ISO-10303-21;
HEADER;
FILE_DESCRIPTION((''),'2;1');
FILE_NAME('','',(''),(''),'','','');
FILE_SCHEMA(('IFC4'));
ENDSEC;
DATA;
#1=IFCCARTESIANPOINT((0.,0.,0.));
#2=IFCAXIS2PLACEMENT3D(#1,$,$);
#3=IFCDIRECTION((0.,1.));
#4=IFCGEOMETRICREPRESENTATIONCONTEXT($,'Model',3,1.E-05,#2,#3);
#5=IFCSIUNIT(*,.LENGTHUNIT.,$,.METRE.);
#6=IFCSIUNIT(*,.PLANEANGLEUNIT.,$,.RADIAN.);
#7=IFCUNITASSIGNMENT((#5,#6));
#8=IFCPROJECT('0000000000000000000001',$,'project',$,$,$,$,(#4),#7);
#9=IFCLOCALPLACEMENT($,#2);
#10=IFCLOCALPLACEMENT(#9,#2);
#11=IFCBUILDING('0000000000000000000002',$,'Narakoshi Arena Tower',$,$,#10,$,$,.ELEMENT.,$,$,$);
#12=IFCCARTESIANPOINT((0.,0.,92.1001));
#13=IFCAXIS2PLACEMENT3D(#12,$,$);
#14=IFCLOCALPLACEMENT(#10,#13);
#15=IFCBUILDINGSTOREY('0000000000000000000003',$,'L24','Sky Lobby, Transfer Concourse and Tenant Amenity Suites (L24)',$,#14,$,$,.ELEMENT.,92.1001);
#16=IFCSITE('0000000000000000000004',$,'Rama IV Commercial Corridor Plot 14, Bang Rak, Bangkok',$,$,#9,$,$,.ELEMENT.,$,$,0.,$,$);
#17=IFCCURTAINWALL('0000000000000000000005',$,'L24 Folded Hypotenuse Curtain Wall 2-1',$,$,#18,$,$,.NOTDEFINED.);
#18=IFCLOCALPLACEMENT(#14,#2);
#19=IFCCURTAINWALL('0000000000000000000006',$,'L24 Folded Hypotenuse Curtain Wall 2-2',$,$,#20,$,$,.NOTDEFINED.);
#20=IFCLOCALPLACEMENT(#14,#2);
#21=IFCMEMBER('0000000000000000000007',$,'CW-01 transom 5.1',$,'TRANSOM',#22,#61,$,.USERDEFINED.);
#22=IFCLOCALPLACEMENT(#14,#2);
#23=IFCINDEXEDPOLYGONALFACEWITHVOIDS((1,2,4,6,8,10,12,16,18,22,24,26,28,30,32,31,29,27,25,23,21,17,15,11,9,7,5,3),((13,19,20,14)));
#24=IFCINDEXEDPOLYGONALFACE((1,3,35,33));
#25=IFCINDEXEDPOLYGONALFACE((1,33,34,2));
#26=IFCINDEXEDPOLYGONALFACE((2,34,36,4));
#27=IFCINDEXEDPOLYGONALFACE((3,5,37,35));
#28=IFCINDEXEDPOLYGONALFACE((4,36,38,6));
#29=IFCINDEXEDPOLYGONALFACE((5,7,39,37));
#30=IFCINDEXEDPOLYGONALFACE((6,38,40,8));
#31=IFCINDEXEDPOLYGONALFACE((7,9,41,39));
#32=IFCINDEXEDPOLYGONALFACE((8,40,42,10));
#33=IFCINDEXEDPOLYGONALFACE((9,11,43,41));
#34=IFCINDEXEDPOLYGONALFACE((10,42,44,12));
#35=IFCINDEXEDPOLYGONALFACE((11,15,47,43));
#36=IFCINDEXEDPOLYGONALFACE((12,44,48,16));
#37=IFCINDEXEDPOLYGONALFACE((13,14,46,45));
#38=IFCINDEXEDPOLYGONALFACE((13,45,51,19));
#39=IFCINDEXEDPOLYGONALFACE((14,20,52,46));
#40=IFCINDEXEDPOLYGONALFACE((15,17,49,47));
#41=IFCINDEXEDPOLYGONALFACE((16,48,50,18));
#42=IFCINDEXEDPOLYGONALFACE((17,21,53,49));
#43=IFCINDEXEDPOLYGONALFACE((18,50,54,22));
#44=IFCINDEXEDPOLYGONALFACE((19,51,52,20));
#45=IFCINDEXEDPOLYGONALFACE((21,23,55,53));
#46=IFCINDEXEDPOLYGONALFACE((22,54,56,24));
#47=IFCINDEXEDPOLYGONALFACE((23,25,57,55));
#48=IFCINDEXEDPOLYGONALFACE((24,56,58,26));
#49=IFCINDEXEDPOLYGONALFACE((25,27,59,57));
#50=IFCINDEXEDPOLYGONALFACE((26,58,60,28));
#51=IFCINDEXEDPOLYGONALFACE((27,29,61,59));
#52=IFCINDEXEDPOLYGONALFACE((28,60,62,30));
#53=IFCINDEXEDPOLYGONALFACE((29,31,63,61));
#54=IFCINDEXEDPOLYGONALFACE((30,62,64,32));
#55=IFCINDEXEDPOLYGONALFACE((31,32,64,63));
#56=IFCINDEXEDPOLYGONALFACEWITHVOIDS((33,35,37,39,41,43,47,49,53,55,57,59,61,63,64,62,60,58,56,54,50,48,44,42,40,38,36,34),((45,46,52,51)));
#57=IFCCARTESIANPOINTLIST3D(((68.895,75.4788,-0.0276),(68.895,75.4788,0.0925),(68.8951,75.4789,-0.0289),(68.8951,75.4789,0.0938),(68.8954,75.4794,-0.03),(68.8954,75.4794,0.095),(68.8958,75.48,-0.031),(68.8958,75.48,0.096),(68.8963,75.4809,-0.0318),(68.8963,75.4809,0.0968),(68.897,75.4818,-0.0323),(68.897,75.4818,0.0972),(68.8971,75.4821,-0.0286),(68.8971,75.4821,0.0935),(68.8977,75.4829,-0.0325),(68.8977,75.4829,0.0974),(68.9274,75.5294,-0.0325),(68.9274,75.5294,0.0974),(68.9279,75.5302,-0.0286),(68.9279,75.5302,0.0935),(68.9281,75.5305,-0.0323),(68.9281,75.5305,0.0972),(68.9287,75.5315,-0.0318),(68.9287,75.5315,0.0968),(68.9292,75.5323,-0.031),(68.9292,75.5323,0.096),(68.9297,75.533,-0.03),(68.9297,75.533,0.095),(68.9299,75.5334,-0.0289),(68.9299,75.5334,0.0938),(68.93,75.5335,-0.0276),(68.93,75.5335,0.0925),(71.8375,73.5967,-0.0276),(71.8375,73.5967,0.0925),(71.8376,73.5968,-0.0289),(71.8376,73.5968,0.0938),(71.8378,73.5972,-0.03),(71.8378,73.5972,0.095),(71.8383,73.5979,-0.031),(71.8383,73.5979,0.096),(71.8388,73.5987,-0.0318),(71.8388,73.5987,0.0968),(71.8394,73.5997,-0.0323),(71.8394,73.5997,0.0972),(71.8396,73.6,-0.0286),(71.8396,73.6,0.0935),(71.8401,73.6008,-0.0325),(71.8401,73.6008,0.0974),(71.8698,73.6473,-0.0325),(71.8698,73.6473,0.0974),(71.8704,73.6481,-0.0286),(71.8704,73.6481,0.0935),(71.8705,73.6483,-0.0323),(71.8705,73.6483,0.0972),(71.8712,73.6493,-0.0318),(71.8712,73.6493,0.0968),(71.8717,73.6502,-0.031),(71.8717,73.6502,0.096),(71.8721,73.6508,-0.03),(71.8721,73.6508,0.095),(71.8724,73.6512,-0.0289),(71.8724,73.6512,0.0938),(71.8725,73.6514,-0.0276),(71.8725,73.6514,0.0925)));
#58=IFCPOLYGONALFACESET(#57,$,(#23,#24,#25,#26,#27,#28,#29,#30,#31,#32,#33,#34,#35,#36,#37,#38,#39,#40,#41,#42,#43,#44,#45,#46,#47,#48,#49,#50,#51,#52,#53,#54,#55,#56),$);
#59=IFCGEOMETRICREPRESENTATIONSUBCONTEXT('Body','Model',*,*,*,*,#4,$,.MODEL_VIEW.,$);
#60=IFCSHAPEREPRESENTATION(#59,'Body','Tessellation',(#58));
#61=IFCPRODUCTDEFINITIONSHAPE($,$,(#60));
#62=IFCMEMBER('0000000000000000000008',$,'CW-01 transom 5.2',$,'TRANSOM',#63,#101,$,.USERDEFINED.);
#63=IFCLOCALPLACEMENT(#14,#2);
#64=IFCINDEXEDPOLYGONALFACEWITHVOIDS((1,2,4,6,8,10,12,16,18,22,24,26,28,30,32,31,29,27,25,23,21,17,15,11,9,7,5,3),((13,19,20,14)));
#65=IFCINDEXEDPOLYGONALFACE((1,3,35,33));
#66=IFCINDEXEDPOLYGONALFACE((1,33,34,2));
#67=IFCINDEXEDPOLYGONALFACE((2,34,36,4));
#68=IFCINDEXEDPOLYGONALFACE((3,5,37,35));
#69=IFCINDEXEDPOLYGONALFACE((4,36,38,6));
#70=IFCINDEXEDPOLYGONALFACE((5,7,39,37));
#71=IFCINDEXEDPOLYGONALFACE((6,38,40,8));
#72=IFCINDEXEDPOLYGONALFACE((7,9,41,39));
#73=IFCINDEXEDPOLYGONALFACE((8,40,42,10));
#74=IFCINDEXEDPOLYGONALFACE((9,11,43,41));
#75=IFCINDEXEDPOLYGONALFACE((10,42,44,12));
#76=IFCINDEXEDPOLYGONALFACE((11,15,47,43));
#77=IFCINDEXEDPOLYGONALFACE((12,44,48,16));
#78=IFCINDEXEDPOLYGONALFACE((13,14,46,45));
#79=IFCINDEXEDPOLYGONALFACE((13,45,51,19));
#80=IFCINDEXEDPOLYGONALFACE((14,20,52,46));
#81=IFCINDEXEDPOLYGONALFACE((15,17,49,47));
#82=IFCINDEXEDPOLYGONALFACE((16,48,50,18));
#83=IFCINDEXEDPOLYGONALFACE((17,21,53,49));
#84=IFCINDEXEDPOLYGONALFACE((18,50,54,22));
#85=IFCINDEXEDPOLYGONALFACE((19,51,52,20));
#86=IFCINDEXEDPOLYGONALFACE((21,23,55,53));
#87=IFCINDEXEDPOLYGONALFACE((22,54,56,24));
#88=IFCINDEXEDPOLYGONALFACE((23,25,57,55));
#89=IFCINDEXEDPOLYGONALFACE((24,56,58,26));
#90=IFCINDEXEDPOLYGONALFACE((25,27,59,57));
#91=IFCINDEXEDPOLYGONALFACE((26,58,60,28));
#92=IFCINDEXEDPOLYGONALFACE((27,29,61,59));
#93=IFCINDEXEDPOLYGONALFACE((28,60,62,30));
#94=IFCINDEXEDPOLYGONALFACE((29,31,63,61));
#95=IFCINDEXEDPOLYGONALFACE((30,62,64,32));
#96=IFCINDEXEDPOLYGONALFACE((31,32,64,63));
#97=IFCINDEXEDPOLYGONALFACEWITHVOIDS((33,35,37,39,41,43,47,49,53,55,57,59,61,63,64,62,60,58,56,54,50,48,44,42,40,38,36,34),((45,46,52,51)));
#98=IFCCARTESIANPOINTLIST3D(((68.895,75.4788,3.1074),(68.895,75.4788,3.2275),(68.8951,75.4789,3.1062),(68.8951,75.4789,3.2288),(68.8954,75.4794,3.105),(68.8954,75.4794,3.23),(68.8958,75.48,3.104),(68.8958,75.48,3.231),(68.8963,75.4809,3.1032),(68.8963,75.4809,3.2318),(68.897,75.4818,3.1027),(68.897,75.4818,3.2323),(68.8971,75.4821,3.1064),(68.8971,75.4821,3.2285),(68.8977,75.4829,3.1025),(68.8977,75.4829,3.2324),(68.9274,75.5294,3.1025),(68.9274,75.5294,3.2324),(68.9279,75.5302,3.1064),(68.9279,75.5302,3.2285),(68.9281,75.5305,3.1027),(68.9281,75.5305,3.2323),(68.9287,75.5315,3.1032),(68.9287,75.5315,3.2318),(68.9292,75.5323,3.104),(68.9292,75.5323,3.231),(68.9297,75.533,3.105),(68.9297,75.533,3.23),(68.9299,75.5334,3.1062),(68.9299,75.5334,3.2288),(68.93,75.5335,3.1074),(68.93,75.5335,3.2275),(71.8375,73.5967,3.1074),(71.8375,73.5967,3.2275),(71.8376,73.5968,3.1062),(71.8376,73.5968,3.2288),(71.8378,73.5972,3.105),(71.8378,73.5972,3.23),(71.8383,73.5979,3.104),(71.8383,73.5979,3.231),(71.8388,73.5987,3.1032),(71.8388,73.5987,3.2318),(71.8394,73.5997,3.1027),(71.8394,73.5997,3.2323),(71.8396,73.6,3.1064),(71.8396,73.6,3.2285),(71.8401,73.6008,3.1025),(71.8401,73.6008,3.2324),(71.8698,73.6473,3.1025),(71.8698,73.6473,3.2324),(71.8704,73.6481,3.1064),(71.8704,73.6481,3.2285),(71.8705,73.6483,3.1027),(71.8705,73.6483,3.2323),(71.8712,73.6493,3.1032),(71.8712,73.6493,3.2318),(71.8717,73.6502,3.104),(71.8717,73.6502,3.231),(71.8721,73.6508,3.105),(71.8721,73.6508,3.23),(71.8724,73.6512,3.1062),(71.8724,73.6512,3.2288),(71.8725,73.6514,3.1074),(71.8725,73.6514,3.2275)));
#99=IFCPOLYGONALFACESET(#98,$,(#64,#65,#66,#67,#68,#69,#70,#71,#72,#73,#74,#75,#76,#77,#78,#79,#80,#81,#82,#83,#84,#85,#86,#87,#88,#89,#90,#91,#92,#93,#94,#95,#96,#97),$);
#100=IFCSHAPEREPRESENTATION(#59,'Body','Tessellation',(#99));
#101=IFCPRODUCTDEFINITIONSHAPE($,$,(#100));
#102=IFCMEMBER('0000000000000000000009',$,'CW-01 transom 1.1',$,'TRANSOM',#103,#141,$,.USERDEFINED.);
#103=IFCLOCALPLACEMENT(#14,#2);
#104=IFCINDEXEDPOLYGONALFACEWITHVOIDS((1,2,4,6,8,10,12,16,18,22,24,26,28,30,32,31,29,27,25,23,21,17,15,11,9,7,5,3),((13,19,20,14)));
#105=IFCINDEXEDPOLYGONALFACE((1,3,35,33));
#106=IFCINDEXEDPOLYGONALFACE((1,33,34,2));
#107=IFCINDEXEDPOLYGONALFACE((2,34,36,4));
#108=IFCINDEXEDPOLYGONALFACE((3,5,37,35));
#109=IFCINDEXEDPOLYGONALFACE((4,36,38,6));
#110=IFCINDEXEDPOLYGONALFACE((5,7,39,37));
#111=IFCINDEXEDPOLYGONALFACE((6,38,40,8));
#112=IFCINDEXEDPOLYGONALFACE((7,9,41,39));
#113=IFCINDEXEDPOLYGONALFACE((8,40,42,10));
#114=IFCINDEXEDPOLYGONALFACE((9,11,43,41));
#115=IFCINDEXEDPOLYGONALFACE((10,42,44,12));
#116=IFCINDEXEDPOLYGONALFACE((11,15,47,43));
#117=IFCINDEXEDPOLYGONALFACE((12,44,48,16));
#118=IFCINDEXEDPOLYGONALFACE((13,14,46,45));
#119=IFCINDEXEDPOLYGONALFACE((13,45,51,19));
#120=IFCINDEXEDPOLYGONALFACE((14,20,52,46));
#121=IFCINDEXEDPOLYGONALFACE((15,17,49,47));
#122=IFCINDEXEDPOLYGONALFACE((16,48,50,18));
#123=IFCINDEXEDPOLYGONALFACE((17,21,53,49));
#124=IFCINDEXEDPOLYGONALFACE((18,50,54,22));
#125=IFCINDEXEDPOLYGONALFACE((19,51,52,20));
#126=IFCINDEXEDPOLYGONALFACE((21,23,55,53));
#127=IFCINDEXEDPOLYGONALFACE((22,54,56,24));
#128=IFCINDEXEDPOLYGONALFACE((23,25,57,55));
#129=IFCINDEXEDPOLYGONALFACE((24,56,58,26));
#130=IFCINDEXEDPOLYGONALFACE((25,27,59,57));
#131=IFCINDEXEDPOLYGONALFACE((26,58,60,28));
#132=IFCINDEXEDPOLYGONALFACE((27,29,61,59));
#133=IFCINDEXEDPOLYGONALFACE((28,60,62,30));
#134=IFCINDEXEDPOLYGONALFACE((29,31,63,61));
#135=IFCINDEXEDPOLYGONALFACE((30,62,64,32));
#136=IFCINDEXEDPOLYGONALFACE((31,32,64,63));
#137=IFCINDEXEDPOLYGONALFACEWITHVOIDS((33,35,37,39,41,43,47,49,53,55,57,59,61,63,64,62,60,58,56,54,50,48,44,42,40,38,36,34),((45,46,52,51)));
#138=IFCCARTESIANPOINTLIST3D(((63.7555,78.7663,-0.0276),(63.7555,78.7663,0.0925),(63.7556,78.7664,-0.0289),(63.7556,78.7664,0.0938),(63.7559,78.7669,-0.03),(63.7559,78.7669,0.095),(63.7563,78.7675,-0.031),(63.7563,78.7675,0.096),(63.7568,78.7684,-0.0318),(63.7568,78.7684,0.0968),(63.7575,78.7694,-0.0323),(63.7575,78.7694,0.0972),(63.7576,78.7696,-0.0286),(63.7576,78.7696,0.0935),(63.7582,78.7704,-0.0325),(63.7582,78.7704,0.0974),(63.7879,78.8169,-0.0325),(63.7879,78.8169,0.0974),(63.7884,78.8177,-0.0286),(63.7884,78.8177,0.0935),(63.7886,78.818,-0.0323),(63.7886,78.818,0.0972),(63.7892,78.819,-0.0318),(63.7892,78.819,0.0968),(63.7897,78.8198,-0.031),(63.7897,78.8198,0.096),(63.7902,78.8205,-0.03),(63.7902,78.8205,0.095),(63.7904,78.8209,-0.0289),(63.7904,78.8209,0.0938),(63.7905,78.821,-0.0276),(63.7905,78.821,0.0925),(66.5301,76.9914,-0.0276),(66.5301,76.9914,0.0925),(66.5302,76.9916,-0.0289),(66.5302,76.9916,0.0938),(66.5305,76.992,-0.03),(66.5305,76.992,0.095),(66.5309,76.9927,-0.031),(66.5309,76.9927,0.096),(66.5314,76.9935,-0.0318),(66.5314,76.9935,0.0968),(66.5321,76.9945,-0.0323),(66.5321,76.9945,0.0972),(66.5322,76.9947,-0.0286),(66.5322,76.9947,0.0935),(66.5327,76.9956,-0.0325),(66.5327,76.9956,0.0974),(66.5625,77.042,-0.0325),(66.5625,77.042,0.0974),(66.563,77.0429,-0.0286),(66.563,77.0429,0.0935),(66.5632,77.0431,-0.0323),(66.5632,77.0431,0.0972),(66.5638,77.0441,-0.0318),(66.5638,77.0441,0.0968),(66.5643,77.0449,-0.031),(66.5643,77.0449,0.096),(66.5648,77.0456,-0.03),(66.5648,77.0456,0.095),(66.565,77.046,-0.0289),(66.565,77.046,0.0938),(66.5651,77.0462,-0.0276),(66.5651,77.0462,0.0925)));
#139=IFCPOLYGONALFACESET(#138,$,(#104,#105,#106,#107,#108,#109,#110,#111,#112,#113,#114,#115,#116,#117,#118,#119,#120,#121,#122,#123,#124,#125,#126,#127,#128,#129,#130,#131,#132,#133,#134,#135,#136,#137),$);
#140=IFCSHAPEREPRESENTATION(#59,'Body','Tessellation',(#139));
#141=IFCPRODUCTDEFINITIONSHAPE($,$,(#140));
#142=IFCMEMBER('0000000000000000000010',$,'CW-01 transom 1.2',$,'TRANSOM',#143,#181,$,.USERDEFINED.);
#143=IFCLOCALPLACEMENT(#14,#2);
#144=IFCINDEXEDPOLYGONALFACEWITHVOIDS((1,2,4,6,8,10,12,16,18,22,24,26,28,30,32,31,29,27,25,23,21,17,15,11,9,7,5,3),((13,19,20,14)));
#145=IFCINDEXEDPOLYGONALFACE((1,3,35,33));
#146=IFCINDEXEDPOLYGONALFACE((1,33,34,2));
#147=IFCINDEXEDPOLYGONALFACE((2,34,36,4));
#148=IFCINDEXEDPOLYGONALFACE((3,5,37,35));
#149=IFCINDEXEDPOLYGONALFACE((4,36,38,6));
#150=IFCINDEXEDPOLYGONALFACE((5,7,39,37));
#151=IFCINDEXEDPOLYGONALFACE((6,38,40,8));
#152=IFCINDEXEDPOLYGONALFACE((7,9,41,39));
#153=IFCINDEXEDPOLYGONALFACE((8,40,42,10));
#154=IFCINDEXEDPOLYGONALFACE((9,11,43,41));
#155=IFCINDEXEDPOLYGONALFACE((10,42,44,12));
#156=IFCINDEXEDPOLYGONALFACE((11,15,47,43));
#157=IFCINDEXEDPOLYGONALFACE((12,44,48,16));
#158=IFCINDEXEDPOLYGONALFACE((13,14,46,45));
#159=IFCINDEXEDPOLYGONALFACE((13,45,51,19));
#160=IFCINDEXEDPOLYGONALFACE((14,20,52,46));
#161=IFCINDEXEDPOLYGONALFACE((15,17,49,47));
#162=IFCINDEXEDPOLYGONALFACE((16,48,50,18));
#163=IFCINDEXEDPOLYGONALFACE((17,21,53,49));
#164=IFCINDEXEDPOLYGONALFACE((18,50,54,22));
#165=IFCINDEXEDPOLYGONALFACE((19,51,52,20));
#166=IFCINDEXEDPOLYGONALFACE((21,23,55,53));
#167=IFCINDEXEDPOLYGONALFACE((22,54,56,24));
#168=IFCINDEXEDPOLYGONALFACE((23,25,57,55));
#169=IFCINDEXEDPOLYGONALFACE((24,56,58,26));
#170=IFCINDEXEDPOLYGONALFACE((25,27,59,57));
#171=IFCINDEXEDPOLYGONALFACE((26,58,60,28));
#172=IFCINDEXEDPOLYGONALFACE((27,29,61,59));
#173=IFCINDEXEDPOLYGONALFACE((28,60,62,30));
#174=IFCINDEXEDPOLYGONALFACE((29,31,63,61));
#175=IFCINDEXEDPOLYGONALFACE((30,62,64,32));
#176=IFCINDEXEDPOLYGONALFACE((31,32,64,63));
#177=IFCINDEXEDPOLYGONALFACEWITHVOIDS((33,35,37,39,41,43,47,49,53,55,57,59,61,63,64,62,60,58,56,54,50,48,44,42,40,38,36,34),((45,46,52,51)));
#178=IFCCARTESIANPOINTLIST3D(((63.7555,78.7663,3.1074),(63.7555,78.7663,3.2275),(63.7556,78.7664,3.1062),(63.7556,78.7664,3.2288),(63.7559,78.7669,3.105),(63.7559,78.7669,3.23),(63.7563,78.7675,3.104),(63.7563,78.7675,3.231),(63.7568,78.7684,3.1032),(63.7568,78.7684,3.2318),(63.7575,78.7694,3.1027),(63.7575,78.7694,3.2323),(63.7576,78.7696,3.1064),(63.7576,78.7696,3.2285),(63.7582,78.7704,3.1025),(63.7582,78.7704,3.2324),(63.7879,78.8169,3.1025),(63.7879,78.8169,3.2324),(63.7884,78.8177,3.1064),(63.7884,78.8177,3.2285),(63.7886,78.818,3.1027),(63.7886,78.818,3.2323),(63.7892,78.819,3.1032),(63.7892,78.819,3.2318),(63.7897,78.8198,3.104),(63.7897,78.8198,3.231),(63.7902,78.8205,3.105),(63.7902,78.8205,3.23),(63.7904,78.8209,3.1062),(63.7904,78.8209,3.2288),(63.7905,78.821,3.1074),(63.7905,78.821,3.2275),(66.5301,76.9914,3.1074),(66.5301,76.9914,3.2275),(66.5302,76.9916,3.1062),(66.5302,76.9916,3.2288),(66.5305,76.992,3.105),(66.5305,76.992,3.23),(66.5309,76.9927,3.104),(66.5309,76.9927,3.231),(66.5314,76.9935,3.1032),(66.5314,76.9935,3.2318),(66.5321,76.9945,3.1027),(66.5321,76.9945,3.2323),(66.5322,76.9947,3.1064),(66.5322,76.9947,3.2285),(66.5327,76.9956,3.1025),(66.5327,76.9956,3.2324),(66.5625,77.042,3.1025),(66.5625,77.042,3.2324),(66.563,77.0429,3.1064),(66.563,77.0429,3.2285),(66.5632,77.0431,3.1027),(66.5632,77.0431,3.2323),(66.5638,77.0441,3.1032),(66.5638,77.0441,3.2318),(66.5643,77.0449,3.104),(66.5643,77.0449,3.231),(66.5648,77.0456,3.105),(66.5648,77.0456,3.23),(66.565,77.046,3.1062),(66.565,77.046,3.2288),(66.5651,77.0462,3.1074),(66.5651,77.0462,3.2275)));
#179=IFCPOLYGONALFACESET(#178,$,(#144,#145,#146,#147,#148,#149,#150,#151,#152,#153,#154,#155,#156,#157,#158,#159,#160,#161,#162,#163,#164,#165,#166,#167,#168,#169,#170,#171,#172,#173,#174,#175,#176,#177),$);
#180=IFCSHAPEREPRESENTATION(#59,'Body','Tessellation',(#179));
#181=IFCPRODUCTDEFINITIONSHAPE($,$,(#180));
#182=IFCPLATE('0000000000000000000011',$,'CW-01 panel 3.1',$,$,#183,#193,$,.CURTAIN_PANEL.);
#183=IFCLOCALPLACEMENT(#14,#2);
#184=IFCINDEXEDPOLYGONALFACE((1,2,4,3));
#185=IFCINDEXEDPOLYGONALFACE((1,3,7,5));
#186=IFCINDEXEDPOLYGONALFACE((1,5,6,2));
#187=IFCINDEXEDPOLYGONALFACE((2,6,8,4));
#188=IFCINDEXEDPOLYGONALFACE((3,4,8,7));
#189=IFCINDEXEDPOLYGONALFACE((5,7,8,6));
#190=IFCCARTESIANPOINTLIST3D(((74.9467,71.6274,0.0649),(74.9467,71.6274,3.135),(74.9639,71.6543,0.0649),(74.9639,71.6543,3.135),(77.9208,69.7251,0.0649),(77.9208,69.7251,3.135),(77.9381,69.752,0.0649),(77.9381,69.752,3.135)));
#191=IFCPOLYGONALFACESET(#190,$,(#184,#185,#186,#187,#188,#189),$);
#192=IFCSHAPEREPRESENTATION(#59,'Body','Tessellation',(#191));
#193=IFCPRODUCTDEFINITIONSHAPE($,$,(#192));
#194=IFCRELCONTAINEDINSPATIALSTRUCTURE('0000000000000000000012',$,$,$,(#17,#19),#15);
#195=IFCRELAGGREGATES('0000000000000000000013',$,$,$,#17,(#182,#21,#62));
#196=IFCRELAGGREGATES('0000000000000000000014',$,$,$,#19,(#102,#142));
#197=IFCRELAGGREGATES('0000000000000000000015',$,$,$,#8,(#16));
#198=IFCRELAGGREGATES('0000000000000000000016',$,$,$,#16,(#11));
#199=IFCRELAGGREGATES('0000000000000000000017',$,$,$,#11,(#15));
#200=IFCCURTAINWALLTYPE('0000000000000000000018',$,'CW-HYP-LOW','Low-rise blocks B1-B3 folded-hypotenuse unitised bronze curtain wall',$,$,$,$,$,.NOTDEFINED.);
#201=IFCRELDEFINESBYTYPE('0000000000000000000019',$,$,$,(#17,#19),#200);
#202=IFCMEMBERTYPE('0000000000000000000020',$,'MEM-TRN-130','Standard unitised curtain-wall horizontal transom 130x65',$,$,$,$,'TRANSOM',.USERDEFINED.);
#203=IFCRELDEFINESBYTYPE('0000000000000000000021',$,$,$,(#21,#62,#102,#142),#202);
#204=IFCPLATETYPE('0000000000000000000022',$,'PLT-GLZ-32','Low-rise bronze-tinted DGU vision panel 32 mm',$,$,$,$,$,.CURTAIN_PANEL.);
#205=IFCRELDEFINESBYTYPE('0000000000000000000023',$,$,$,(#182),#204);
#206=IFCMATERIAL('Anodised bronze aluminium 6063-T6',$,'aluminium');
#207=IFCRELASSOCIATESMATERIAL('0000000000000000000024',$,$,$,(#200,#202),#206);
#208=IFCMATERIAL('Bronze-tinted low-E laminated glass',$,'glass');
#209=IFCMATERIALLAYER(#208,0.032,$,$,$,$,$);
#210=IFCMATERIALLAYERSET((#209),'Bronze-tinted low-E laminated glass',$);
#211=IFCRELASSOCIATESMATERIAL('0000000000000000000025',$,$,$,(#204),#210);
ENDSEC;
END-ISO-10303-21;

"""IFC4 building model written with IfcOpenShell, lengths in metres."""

from ifc_helpers import new_model, si_unit, direction, frame, origin, origin_2d, place, context, subcontext, project, spatial, rectangle, hollow_rectangle, extrude, material, layer, layer_set, material_profile, profile_set, type_object, element, aggregate, save


model = new_model("IFC4")

# Units and contexts
model_context = context("Model", 3, precision=1e-05, world=origin(), true_north=direction((0.0, 1.0)))
body_context = subcontext(model_context, "Body", "Model", "MODEL_VIEW")
ifc_project = project(units=[si_unit("LENGTHUNIT", "METRE"), si_unit("PLANEANGLEUNIT", "RADIAN")], contexts=[model_context])

# Site, building, storey
site_placement = place(None, origin())
site = spatial("IfcSite", under=ifc_project, at=site_placement, Name="Rama IV Commercial Corridor Plot 14, Bang Rak, Bangkok", CompositionType="ELEMENT", RefElevation=0.0)
building_placement = place(site_placement, origin())
building = spatial("IfcBuilding", under=site, at=building_placement, Name="Narakoshi Arena Tower", CompositionType="ELEMENT")
storey_placement = place(building_placement, frame((0.0, 0.0, 92.1001)))
storey = spatial("IfcBuildingStorey", under=building, at=storey_placement, Name="L24", Description="Sky Lobby, Transfer Concourse and Tenant Amenity Suites (L24)", CompositionType="ELEMENT", Elevation=92.1001)

# Curtain walls
ifc_material_1 = material(Name="Anodised bronze aluminium 6063-T6", Category="aluminium")
curtain_wall_type = type_object("IfcCurtainWallType", Name="CW-HYP-LOW", Description="Low-rise blocks B1-B3 folded-hypotenuse unitised bronze curtain wall", PredefinedType="NOTDEFINED", material=ifc_material_1)
curtain_wall_1_placement = place(storey_placement, origin())
curtain_wall_1 = element("IfcCurtainWall", 1, at=curtain_wall_1_placement, inside=storey, type_object=curtain_wall_type, Name="L24 Folded Hypotenuse Curtain Wall 2-1", PredefinedType="NOTDEFINED")
curtain_wall_2_placement = place(storey_placement, origin())
curtain_wall_2 = element("IfcCurtainWall", 2, at=curtain_wall_2_placement, inside=storey, type_object=curtain_wall_type, Name="L24 Folded Hypotenuse Curtain Wall 2-2", PredefinedType="NOTDEFINED")

# Members
ifc_material_profile_1 = material_profile(ifc_material_1, hollow_rectangle(XDim=0.0649, YDim=0.1299, WallThickness=0.0039, OuterFilletRadius=0.0049, at=origin_2d()), Name="TRN130x65x4")
ifc_profile_set_1 = profile_set([ifc_material_profile_1], Name="Anodised bronze aluminium 6063-T6")
member_type_1 = type_object("IfcMemberType", Name="MEM-TRN-130", Description="Standard unitised curtain-wall horizontal transom 130x65", ElementType="TRANSOM", PredefinedType="USERDEFINED", material=ifc_profile_set_1)
member_1_placement = place(storey_placement, frame((71.855, 73.624, 0.0325), z_axis=(-0.842407, 0.538841, 0.0), x_axis=(-0.538841, -0.842407, 0.0)))
member_1 = element("IfcMember", 3, at=member_1_placement, type_object=member_type_1, Name="CW-01 transom 5.1", ObjectType="TRANSOM", PredefinedType="USERDEFINED", context=body_context, shape_type="SweptSolid", body=[
    extrude(hollow_rectangle(XDim=0.0649, YDim=0.1299, WallThickness=0.0039, OuterFilletRadius=0.0049, at=origin_2d()), origin(), (0.0, 0.0, 1.0), 3.4929),
])
member_2_placement = place(storey_placement, frame((71.855, 73.624, 3.1675), z_axis=(-0.842407, 0.538841, 0.0), x_axis=(-0.538841, -0.842407, 0.0)))
member_2 = element("IfcMember", 4, at=member_2_placement, type_object=member_type_1, Name="CW-01 transom 5.2", ObjectType="TRANSOM", PredefinedType="USERDEFINED", context=body_context, shape_type="SweptSolid", body=[
    extrude(hollow_rectangle(XDim=0.0649, YDim=0.1299, WallThickness=0.0039, OuterFilletRadius=0.0049, at=origin_2d()), origin(), (0.0, 0.0, 1.0), 3.4929),
])
member_3_placement = place(storey_placement, frame((66.5476, 77.0188, 0.0325), z_axis=(-0.842393, 0.538864, 0.0), x_axis=(-0.538864, -0.842393, 0.0)))
member_3 = element("IfcMember", 5, at=member_3_placement, type_object=member_type_1, Name="CW-01 transom 1.1", ObjectType="TRANSOM", PredefinedType="USERDEFINED", context=body_context, shape_type="SweptSolid", body=[
    extrude(hollow_rectangle(XDim=0.0649, YDim=0.1299, WallThickness=0.0039, OuterFilletRadius=0.0049, at=origin_2d()), origin(), (0.0, 0.0, 1.0), 3.2937),
])
member_4_placement = place(storey_placement, frame((66.5476, 77.0188, 3.1675), z_axis=(-0.842393, 0.538864, 0.0), x_axis=(-0.538864, -0.842393, 0.0)))
member_4 = element("IfcMember", 6, at=member_4_placement, type_object=member_type_1, Name="CW-01 transom 1.2", ObjectType="TRANSOM", PredefinedType="USERDEFINED", context=body_context, shape_type="SweptSolid", body=[
    extrude(hollow_rectangle(XDim=0.0649, YDim=0.1299, WallThickness=0.0039, OuterFilletRadius=0.0049, at=origin_2d()), origin(), (0.0, 0.0, 1.0), 3.2937),
])

# Plate
ifc_material_2 = material(Name="Bronze-tinted low-E laminated glass", Category="glass")
ifc_layer_1 = layer(ifc_material_2, 0.032)
ifc_layer_set_1 = layer_set([ifc_layer_1], Name="Bronze-tinted low-E laminated glass")
plate_type = type_object("IfcPlateType", Name="PLT-GLZ-32", Description="Low-rise bronze-tinted DGU vision panel 32 mm", PredefinedType="CURTAIN_PANEL", material=ifc_layer_set_1)
plate_1_placement = place(storey_placement, frame((76.4424, 70.6897, 0.0649), z_axis=(0.0, 0.0, 1.0), x_axis=(-0.842414, 0.538831, 0.0)))
plate_1 = element("IfcPlate", 7, at=plate_1_placement, type_object=plate_type, Name="CW-01 panel 3.1", PredefinedType="CURTAIN_PANEL", context=body_context, shape_type="SweptSolid", body=[
    extrude(rectangle(XDim=3.5305, YDim=0.032, at=origin_2d()), origin(), (0.0, 0.0, 1.0), 3.0701),
])
aggregate(curtain_wall_1, [plate_1, member_1, member_2])
aggregate(curtain_wall_2, [member_3, member_4])

save(model, "model.ifc")
